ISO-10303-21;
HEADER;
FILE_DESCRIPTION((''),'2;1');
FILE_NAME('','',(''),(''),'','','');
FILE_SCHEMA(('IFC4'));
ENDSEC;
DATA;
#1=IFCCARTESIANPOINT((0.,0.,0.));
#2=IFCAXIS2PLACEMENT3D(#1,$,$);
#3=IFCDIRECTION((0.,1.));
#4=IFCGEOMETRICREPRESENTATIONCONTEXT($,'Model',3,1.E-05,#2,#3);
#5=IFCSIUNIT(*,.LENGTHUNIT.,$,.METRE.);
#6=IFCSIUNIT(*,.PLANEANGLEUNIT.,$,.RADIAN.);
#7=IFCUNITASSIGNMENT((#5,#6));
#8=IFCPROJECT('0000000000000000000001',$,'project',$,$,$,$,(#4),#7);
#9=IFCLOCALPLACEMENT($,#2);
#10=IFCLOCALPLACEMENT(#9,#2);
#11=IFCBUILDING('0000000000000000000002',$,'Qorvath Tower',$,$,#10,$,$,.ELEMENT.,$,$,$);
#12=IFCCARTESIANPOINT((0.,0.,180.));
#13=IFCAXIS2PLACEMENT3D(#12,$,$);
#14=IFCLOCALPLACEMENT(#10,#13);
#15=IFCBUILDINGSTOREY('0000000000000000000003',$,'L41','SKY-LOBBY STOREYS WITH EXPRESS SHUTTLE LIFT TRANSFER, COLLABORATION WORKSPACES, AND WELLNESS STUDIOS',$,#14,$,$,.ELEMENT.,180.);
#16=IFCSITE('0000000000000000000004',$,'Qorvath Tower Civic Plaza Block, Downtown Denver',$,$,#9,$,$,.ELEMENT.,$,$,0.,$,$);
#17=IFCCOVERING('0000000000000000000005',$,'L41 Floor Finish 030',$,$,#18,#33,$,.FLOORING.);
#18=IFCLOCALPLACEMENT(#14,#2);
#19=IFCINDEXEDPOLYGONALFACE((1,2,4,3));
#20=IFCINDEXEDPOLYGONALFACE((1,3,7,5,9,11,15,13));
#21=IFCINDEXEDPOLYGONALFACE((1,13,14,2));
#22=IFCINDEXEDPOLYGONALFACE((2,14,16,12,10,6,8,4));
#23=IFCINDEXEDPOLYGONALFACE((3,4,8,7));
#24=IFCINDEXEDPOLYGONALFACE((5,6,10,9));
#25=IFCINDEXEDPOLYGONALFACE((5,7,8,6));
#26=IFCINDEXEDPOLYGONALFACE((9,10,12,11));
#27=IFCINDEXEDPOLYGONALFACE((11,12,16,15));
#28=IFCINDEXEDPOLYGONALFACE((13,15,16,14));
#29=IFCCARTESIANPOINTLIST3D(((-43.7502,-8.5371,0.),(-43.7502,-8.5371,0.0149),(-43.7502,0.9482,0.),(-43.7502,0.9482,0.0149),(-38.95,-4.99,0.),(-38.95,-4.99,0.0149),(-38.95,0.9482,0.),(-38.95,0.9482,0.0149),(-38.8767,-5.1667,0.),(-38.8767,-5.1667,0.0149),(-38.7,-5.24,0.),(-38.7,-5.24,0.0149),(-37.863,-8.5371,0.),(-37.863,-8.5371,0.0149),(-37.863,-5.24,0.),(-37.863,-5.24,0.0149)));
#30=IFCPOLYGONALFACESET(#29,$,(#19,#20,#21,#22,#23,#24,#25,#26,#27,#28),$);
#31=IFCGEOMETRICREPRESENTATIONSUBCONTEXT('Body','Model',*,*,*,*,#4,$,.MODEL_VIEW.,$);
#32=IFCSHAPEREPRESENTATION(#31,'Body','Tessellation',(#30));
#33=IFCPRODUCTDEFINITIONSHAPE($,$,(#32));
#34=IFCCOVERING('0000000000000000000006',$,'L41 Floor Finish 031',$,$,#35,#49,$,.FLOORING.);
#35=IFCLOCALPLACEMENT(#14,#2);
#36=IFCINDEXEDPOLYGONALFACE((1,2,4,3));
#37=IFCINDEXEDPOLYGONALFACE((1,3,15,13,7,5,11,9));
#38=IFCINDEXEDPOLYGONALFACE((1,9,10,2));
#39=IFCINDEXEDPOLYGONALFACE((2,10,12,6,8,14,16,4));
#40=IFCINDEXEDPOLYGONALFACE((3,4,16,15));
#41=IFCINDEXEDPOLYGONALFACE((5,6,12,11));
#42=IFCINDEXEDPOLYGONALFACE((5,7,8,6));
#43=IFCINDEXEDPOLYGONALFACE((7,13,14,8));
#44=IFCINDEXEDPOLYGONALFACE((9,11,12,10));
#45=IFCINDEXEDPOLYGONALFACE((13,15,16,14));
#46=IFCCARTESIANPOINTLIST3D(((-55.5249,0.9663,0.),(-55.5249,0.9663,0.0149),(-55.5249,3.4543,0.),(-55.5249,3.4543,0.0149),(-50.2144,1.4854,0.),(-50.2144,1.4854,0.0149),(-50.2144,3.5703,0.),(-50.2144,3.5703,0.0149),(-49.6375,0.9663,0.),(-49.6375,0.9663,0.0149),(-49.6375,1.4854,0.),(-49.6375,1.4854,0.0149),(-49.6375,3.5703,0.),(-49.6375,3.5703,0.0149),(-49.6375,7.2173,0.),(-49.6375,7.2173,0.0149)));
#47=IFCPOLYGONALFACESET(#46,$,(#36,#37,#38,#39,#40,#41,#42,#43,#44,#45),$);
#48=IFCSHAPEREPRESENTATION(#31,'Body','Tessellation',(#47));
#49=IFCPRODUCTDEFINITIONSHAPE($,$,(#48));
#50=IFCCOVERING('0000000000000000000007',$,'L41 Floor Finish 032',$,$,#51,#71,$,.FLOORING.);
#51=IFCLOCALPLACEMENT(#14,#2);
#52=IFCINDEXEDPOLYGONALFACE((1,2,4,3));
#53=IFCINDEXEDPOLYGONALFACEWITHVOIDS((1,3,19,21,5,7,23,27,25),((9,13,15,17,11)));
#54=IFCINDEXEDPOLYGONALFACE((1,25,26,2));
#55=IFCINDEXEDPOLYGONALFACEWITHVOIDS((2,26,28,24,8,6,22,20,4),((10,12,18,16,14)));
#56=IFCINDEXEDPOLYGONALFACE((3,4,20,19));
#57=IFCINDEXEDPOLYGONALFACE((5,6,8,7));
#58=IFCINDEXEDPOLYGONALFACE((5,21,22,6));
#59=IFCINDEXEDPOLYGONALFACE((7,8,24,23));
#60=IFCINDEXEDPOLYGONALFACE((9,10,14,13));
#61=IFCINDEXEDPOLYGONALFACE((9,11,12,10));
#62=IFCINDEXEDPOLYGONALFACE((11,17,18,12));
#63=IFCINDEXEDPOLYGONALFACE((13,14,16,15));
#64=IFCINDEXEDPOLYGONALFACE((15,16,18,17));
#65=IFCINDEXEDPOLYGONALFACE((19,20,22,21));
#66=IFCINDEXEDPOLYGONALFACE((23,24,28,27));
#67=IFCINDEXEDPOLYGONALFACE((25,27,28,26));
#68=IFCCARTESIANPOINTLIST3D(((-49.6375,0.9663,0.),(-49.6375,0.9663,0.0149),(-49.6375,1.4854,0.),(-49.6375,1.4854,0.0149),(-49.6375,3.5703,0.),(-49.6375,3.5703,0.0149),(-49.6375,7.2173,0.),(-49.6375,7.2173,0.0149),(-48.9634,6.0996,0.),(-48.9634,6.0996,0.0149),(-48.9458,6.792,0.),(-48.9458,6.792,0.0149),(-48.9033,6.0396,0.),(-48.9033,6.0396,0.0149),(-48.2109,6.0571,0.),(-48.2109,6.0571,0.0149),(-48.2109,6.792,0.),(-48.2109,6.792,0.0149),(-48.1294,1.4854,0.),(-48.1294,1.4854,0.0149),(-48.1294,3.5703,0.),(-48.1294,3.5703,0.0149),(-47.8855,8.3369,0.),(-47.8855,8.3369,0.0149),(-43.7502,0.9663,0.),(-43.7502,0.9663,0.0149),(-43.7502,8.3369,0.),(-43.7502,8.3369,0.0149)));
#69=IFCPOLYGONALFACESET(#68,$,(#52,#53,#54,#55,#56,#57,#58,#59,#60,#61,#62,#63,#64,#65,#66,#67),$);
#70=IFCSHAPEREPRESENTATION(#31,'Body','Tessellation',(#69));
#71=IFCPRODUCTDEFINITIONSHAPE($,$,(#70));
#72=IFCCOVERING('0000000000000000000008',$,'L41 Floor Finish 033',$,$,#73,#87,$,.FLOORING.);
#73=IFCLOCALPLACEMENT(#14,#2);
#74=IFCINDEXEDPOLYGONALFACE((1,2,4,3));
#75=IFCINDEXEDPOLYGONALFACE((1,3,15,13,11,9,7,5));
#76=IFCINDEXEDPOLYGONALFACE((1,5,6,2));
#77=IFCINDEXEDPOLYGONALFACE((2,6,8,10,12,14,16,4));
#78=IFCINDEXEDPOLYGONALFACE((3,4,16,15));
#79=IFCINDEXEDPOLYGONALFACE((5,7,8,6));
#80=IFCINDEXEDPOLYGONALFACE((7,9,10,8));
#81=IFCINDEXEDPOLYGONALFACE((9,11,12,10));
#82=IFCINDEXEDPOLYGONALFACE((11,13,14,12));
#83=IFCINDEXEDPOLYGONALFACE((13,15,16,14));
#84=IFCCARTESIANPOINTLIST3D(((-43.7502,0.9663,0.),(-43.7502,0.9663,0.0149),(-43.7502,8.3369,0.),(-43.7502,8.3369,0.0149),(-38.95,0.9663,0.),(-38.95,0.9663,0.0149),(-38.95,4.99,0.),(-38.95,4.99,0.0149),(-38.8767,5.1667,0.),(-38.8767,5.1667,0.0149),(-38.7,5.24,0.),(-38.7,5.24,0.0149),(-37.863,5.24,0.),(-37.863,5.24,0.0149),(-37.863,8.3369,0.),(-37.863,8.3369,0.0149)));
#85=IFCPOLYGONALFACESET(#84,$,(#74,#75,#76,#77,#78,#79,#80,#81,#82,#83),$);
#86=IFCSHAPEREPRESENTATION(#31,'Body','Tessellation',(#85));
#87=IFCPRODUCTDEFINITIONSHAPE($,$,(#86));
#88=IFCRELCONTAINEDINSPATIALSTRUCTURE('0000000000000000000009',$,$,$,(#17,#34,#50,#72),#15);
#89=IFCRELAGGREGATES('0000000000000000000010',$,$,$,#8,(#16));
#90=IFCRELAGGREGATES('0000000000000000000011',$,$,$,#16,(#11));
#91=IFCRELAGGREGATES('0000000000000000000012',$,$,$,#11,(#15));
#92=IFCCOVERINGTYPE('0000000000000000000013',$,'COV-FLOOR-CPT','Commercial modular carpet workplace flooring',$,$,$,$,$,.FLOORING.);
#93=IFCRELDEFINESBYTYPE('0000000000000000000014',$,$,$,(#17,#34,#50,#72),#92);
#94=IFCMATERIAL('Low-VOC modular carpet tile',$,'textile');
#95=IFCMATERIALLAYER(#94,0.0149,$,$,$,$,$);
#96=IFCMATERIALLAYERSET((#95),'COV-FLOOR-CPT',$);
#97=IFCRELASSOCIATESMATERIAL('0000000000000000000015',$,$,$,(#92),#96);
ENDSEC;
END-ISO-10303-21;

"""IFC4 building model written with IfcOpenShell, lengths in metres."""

from ifc_helpers import new_model, si_unit, direction, frame, origin, place, context, subcontext, project, spatial, polyline, outline, extrude, material, layer, layer_set, type_object, element, save


model = new_model("IFC4")

# Units and contexts
model_context = context("Model", 3, precision=1e-05, world=origin(), true_north=direction((0.0, 1.0)))
body_context = subcontext(model_context, "Body", "Model", "MODEL_VIEW")
ifc_project = project(units=[si_unit("LENGTHUNIT", "METRE"), si_unit("PLANEANGLEUNIT", "RADIAN")], contexts=[model_context])

# Site, building, storey
site_placement = place(None, origin())
site = spatial("IfcSite", under=ifc_project, at=site_placement, Name="Qorvath Tower Civic Plaza Block, Downtown Denver", CompositionType="ELEMENT", RefElevation=0.0)
building_placement = place(site_placement, origin())
building = spatial("IfcBuilding", under=site, at=building_placement, Name="Qorvath Tower", CompositionType="ELEMENT")
storey_placement = place(building_placement, frame((0.0, 0.0, 180.0)))
storey = spatial("IfcBuildingStorey", under=building, at=storey_placement, Name="L41", Description="SKY-LOBBY STOREYS WITH EXPRESS SHUTTLE LIFT TRANSFER, COLLABORATION WORKSPACES, AND WELLNESS STUDIOS", CompositionType="ELEMENT", Elevation=180.0)

# Coverings
ifc_material_1 = material(Name="Low-VOC modular carpet tile", Category="textile")
ifc_layer_1 = layer(ifc_material_1, 0.0149)
ifc_layer_set_1 = layer_set([ifc_layer_1], Name="COV-FLOOR-CPT")
covering_type_1 = type_object("IfcCoveringType", Name="COV-FLOOR-CPT", Description="Commercial modular carpet workplace flooring", PredefinedType="FLOORING", material=ifc_layer_set_1)
covering_1_placement = place(storey_placement, origin())
element("IfcCovering", 1, at=covering_1_placement, inside=storey, type_object=covering_type_1, Name="L41 Floor Finish 030", PredefinedType="FLOORING", context=body_context, shape_type="SweptSolid", body=[
    extrude(outline(polyline([(-37.863, -8.5371), (-37.863, -5.24), (-38.7, -5.24), (-38.8767, -5.1667), (-38.95, -4.99), (-38.95, 0.9482), (-43.7502, 0.9482), (-43.7502, -8.5371), (-37.863, -8.5371)])), origin(), (0.0, 0.0, 1.0), 0.0149),
])
covering_2_placement = place(storey_placement, origin())
element("IfcCovering", 2, at=covering_2_placement, inside=storey, type_object=covering_type_1, Name="L41 Floor Finish 031", PredefinedType="FLOORING", context=body_context, shape_type="SweptSolid", body=[
    extrude(outline(polyline([(-49.6375, 0.9663), (-49.6375, 1.4854), (-50.2144, 1.4854), (-50.2144, 3.5703), (-49.6375, 3.5703), (-49.6375, 7.2173), (-55.5249, 3.4543), (-55.5249, 0.9663), (-49.6375, 0.9663)])), origin(), (0.0, 0.0, 1.0), 0.0149),
])
covering_3_placement = place(storey_placement, origin())
element("IfcCovering", 3, at=covering_3_placement, inside=storey, type_object=covering_type_1, Name="L41 Floor Finish 032", PredefinedType="FLOORING", context=body_context, shape_type="SweptSolid", body=[
    extrude(outline(polyline([(-43.7502, 0.9663), (-43.7502, 8.3369), (-47.8855, 8.3369), (-49.6375, 7.2173), (-49.6375, 3.5703), (-48.1294, 3.5703), (-48.1294, 1.4854), (-49.6375, 1.4854), (-49.6375, 0.9663), (-43.7502, 0.9663)]), holes=[polyline([(-48.9634, 6.0996), (-48.9458, 6.792), (-48.2109, 6.792), (-48.2109, 6.0571), (-48.9033, 6.0396), (-48.9634, 6.0996)])]), origin(), (0.0, 0.0, 1.0), 0.0149),
])
covering_4_placement = place(storey_placement, origin())
element("IfcCovering", 4, at=covering_4_placement, inside=storey, type_object=covering_type_1, Name="L41 Floor Finish 033", PredefinedType="FLOORING", context=body_context, shape_type="SweptSolid", body=[
    extrude(outline(polyline([(-37.863, 5.24), (-37.863, 8.3369), (-43.7502, 8.3369), (-43.7502, 0.9663), (-38.95, 0.9663), (-38.95, 4.99), (-38.8767, 5.1667), (-38.7, 5.24), (-37.863, 5.24)])), origin(), (0.0, 0.0, 1.0), 0.0149),
])

save(model, "model.ifc")
